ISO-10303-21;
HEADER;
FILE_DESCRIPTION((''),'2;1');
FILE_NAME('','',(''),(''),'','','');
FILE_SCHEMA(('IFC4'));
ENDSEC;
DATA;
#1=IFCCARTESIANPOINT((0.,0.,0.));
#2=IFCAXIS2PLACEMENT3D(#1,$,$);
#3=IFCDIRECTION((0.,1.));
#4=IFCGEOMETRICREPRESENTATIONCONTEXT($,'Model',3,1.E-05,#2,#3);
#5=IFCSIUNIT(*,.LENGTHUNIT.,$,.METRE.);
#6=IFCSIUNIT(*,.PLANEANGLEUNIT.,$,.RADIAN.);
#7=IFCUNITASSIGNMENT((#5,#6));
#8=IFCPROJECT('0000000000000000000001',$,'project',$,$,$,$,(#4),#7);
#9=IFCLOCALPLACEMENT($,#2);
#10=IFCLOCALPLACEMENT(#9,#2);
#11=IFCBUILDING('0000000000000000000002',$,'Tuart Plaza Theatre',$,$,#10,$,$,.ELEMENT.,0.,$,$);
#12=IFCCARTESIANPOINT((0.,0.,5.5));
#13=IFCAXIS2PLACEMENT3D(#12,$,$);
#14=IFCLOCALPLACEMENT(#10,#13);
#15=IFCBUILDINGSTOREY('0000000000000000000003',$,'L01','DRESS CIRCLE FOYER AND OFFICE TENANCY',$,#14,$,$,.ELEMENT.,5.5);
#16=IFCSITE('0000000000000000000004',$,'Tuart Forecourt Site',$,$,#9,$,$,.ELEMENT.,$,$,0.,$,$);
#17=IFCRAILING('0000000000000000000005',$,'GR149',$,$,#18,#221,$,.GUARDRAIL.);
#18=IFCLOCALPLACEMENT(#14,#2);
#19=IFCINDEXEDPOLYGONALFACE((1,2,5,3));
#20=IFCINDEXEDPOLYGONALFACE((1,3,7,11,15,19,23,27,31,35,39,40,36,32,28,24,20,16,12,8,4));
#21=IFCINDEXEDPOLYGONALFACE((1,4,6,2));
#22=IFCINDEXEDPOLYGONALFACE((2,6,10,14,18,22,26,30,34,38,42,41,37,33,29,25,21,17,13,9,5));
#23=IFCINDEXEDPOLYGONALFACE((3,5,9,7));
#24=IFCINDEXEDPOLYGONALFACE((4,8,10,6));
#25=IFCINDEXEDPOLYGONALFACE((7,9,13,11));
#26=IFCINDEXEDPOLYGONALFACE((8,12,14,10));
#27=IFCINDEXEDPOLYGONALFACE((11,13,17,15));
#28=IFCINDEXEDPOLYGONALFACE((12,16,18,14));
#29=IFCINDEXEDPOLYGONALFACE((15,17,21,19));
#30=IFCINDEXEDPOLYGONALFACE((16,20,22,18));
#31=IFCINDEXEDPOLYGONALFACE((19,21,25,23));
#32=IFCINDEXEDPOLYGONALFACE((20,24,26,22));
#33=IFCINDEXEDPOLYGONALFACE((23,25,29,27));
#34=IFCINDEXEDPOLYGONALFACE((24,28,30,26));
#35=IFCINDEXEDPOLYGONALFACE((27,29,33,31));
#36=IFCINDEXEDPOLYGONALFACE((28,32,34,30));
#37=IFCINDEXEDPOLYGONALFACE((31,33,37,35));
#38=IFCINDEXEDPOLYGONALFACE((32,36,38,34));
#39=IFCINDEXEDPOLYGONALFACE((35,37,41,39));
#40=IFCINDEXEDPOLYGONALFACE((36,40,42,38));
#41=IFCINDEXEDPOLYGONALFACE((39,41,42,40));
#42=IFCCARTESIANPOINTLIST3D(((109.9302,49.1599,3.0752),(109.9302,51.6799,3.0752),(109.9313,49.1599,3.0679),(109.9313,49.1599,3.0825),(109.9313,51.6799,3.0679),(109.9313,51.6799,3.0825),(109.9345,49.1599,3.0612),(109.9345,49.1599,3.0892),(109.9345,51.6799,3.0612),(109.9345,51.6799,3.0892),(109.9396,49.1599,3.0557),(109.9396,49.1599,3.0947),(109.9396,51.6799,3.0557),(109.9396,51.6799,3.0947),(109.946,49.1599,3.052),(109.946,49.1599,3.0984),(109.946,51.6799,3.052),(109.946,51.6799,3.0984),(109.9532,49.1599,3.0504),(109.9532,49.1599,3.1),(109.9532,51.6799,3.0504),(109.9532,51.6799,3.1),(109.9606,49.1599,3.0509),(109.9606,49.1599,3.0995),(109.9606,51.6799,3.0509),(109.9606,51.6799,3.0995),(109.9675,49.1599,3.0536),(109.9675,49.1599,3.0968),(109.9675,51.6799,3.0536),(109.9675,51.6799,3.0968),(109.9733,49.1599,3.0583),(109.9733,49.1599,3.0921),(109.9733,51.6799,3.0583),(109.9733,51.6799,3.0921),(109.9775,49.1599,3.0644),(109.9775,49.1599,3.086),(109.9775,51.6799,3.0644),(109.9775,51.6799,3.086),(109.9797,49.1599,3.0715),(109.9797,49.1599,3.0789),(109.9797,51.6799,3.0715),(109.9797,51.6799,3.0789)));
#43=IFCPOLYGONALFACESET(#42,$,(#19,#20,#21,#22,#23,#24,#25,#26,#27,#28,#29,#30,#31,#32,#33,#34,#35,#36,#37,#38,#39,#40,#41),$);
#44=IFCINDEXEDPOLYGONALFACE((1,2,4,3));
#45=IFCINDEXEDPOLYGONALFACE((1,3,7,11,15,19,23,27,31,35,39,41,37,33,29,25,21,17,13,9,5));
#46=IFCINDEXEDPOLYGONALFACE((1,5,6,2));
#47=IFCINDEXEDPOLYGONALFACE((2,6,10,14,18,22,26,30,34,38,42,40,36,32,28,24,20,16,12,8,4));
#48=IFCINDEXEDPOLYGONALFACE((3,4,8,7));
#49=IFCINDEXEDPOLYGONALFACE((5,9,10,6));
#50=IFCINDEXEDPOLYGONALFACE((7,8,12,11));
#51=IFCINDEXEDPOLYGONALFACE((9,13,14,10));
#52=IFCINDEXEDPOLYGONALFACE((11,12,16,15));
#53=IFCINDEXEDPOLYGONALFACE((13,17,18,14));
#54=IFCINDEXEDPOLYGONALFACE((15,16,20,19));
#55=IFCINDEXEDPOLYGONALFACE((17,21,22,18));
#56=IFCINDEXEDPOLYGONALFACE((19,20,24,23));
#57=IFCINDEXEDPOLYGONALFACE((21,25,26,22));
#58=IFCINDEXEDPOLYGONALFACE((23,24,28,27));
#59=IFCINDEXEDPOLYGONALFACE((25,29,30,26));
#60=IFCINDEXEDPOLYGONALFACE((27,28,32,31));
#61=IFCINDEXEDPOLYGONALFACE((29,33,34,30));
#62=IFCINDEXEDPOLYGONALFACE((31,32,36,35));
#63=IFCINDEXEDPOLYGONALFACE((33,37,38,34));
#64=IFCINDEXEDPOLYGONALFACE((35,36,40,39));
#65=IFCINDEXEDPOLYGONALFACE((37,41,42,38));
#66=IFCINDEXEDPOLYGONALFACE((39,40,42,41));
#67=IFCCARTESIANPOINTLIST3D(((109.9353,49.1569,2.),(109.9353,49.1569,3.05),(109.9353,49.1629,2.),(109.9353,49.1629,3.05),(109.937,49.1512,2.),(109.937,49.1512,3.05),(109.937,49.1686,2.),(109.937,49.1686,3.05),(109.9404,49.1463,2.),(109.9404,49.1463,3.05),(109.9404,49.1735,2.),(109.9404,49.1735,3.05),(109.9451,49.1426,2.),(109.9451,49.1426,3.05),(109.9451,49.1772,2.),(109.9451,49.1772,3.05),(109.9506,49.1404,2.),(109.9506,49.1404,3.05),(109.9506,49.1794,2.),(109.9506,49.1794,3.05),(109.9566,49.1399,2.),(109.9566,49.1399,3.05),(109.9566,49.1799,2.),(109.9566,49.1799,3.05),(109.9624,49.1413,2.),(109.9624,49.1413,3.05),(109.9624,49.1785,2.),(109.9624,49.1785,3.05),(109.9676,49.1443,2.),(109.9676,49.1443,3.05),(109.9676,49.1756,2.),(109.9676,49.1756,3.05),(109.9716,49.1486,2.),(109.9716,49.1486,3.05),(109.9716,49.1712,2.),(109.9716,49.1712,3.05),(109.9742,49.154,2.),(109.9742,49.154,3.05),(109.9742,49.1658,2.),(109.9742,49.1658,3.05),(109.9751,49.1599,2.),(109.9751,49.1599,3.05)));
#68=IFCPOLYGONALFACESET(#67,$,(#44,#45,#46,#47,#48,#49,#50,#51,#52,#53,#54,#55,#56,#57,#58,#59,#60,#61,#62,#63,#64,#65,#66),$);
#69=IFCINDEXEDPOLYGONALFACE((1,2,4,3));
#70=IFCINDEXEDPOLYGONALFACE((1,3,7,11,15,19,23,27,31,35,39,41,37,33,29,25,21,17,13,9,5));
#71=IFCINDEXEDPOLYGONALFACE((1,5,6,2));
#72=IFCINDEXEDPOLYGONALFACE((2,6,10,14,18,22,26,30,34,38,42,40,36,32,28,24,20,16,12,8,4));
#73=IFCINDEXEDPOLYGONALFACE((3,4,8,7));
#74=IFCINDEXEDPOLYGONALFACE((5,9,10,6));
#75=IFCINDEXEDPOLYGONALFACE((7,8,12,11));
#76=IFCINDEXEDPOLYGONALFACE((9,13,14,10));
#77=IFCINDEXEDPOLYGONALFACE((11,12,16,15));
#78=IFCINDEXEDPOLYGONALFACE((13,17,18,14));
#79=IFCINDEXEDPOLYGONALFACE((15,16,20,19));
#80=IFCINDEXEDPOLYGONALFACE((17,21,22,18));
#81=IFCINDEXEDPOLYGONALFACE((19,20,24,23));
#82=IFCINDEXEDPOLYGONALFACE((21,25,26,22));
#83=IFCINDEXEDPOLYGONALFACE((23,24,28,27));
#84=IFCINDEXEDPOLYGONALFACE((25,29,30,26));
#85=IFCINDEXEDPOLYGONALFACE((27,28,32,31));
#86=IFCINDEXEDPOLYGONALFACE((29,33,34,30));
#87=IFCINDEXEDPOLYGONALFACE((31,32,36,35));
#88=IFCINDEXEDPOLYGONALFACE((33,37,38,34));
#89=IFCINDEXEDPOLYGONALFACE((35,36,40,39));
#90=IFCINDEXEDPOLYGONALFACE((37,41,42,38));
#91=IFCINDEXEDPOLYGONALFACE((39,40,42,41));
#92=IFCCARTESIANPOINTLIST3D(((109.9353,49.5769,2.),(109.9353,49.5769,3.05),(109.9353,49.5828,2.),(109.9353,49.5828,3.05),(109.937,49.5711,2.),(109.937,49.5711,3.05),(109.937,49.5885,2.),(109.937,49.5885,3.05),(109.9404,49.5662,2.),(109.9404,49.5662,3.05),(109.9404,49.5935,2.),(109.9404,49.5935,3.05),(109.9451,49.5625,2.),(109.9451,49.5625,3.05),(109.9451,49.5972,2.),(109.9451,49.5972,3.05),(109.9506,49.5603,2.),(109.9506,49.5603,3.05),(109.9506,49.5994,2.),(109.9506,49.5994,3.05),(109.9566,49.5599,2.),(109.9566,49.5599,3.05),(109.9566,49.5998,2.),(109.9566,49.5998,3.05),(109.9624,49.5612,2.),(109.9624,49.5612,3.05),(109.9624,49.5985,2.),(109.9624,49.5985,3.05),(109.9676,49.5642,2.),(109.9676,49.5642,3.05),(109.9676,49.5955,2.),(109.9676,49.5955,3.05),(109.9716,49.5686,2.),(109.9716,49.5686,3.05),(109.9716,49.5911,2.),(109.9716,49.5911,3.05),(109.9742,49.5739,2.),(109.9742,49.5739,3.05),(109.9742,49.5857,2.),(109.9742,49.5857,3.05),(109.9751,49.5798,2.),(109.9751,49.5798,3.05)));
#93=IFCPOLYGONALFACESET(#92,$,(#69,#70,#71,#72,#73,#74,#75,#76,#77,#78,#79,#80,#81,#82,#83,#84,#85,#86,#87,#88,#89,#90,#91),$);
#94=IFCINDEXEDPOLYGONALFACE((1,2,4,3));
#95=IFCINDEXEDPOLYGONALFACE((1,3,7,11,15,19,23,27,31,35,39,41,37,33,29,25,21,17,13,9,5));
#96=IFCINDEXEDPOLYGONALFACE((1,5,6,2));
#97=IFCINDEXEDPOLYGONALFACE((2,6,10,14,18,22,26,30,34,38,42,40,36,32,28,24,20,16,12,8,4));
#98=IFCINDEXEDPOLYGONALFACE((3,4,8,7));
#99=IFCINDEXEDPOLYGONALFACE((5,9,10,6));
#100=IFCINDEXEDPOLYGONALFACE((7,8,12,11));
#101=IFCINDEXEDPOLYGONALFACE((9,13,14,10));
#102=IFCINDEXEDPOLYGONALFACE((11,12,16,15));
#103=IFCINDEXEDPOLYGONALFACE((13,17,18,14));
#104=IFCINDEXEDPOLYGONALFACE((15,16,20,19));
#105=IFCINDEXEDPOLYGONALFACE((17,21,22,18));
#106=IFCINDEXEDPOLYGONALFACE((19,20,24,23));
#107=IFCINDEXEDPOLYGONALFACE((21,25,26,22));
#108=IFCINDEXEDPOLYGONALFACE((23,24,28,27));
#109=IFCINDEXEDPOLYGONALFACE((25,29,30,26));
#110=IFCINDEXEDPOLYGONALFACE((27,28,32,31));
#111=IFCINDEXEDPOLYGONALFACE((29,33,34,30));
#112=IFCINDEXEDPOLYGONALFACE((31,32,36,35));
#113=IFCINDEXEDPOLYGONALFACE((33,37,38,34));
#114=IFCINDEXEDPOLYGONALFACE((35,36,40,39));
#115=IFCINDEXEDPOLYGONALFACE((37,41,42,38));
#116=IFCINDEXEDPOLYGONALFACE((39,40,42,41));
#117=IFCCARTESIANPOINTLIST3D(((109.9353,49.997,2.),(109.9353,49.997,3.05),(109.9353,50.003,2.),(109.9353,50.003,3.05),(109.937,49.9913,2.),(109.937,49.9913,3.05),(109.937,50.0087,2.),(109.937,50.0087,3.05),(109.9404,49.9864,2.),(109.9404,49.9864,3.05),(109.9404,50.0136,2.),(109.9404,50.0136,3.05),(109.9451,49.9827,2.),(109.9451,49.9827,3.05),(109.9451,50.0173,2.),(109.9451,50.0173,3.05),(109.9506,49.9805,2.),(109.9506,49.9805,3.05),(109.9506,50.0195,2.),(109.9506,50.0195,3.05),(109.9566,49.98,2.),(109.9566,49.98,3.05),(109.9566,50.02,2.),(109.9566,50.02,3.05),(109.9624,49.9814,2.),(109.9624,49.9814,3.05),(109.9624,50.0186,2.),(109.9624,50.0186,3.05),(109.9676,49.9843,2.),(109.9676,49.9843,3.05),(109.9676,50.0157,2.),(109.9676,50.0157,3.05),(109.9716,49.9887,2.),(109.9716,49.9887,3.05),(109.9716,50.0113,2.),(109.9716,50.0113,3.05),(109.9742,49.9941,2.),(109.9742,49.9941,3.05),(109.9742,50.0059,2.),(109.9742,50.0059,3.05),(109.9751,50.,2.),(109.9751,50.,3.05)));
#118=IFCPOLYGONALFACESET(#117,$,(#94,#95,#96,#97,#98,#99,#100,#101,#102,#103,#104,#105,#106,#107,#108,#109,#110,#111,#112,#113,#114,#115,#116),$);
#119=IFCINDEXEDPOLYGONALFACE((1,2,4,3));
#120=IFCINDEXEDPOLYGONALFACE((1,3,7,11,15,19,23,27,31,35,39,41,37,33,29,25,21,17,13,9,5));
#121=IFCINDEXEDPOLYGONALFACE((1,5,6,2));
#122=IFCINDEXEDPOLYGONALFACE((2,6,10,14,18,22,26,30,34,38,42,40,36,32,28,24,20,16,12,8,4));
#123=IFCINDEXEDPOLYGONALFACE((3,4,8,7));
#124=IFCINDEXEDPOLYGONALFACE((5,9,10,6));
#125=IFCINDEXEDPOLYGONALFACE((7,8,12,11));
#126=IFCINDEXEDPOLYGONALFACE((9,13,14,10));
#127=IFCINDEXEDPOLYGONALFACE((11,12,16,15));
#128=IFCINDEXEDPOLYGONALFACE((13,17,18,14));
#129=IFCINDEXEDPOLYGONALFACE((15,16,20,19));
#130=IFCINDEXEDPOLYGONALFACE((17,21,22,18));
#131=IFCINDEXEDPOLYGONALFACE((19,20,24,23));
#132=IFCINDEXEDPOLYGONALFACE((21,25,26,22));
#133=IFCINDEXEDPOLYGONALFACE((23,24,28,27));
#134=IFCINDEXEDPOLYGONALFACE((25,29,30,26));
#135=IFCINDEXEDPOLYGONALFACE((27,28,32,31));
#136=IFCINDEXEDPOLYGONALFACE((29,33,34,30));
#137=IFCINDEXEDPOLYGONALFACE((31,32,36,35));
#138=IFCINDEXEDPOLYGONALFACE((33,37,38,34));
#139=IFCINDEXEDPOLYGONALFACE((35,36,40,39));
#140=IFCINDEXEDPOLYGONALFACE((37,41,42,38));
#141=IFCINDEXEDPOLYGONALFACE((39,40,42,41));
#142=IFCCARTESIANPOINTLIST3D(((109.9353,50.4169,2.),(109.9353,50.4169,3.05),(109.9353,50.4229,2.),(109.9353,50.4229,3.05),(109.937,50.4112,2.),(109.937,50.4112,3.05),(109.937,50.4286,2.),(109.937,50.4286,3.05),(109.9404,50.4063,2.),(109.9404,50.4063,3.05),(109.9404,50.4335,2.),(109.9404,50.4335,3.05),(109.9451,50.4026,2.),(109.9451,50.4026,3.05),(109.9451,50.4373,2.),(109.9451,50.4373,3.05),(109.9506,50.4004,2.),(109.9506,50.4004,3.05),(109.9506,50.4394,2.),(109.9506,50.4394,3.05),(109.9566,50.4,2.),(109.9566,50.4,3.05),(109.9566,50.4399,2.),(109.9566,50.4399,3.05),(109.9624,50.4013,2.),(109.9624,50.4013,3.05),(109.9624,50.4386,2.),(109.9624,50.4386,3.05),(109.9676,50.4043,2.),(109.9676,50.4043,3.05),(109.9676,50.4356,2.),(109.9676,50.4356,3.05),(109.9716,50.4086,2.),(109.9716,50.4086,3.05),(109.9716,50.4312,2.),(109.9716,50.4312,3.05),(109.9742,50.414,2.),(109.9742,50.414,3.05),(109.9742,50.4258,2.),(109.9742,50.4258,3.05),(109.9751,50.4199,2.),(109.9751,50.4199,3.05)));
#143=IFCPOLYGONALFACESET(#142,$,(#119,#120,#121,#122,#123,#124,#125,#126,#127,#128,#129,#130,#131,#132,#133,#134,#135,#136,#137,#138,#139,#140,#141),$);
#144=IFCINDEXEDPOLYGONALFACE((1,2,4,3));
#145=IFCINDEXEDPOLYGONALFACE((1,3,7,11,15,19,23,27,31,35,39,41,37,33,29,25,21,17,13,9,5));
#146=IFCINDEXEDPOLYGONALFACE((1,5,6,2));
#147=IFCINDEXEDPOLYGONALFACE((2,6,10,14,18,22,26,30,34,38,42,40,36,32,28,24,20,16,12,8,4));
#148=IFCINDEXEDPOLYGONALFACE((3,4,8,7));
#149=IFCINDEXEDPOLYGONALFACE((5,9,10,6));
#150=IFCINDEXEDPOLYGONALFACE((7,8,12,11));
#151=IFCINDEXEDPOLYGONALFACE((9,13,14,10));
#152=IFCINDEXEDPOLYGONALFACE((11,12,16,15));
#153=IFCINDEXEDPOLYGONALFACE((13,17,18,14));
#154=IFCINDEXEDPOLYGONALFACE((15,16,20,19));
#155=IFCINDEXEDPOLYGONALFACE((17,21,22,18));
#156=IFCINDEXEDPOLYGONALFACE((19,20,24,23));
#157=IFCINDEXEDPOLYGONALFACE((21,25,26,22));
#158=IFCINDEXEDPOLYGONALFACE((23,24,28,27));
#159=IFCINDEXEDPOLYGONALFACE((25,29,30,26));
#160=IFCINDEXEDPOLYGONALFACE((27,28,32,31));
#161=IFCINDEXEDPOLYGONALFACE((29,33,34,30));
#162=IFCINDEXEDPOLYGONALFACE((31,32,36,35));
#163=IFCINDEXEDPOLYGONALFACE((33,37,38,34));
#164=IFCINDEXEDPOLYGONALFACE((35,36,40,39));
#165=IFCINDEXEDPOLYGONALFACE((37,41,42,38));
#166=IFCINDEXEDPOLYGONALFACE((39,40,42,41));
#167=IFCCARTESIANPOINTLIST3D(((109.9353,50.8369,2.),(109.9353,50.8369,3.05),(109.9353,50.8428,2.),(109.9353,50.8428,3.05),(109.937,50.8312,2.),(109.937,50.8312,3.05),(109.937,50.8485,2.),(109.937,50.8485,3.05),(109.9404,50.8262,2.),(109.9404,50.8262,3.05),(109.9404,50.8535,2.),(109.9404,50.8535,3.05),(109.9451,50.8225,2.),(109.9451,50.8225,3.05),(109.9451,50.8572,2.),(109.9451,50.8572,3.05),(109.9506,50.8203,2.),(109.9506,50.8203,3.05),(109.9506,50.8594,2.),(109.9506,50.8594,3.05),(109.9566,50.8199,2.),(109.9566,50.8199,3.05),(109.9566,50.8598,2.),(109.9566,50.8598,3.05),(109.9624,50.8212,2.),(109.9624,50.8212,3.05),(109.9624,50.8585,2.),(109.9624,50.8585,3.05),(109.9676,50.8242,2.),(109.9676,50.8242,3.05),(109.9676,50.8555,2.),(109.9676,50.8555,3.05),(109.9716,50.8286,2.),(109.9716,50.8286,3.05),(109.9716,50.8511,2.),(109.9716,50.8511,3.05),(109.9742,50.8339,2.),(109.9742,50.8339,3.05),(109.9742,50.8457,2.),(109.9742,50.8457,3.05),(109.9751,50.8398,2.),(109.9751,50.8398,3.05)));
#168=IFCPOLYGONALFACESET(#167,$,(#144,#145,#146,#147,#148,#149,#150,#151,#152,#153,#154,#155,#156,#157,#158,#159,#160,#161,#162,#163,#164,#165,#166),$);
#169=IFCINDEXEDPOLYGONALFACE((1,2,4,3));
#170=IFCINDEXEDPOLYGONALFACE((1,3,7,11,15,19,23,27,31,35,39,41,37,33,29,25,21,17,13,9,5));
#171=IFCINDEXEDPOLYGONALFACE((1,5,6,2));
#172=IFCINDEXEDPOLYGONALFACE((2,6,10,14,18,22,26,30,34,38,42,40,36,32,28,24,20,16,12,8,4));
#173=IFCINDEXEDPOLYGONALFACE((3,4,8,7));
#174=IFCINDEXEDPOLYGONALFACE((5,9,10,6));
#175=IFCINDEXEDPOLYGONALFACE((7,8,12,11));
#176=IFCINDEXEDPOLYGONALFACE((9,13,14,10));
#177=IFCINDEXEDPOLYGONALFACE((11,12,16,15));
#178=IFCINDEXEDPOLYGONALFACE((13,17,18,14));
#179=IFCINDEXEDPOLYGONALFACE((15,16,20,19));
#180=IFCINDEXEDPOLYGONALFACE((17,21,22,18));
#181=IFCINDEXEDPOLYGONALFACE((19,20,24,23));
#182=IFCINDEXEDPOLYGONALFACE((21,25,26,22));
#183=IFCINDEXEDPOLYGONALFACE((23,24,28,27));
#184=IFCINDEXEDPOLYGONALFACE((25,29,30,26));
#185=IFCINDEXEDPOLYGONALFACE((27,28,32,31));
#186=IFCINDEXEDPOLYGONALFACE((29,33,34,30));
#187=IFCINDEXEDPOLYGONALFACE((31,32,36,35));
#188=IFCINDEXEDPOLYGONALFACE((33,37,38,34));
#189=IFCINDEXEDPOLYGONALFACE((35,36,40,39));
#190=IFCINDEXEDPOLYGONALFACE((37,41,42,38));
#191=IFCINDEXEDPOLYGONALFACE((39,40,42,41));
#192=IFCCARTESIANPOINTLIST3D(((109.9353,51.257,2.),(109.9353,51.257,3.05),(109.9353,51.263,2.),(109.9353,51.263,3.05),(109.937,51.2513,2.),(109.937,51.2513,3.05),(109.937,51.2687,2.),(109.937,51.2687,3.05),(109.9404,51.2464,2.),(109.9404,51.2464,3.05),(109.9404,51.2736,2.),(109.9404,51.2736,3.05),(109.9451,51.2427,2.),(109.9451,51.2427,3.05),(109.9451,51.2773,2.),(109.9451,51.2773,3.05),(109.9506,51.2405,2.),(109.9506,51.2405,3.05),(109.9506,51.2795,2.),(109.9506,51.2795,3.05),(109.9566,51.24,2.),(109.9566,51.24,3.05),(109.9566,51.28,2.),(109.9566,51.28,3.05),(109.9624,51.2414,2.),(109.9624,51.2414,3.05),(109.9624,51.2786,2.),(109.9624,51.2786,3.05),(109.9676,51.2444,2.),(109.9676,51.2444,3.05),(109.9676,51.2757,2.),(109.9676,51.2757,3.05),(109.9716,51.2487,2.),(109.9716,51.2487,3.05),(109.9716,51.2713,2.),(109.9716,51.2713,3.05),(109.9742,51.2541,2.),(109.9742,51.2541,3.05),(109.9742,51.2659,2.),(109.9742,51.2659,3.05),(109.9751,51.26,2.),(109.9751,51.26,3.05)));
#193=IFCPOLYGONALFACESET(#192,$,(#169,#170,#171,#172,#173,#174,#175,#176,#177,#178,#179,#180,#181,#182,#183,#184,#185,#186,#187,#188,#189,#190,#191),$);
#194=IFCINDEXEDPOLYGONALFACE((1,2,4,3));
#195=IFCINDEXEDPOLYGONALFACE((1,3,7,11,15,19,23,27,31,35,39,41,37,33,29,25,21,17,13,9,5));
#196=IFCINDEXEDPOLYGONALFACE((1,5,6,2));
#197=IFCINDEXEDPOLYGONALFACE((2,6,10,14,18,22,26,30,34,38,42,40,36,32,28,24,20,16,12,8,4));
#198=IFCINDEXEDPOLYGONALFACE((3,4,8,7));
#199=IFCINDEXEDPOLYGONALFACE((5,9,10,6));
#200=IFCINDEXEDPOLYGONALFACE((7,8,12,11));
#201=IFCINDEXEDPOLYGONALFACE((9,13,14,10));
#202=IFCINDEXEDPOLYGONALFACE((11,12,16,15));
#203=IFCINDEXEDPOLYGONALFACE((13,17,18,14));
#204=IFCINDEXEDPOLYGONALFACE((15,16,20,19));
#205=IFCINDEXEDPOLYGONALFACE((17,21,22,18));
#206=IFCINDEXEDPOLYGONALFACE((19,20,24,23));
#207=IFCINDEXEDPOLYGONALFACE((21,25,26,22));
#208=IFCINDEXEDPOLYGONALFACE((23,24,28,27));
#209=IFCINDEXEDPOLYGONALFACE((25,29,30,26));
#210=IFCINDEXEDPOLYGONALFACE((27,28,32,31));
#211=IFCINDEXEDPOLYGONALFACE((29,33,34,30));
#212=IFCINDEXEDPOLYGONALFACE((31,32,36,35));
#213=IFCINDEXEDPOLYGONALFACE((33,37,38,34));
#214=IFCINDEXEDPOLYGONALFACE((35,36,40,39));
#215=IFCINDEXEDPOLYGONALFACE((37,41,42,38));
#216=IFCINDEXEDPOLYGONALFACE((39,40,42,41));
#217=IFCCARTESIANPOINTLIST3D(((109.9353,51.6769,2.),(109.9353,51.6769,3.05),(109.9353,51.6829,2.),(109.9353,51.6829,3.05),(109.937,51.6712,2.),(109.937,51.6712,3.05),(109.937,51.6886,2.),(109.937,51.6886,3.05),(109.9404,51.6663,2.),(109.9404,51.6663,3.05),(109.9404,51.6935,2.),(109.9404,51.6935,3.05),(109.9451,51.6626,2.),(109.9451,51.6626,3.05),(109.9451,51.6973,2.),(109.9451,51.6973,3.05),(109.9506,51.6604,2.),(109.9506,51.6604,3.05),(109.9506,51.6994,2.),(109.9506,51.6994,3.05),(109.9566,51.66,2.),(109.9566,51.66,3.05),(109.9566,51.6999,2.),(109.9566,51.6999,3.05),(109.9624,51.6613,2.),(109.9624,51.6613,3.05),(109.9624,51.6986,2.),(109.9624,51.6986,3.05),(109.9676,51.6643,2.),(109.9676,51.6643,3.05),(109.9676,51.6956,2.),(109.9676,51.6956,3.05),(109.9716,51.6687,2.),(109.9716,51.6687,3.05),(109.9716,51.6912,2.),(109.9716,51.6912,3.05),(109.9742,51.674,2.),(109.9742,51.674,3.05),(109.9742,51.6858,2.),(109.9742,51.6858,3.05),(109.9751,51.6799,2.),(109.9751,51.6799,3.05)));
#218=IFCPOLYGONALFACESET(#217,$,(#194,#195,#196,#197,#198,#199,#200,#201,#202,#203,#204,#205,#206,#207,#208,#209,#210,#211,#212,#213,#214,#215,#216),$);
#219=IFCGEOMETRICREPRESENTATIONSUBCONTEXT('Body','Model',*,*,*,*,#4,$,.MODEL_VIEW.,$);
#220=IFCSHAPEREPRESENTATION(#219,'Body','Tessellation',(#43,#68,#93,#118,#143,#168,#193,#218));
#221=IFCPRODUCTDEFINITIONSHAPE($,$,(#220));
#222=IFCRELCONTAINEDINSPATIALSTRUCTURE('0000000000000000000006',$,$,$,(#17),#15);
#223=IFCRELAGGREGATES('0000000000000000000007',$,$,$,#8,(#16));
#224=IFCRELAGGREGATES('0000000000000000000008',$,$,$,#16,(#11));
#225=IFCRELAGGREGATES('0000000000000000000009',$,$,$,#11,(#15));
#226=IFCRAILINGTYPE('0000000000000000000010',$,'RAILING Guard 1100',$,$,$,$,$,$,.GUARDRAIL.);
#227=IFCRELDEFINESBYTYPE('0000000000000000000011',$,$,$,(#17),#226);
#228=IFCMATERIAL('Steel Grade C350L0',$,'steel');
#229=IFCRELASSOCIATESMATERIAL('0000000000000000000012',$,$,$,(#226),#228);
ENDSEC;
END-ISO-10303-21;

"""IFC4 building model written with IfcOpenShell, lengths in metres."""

from ifc_helpers import new_model, si_unit, direction, frame, origin, origin_2d, place, context, subcontext, project, spatial, circle, extrude, material, type_object, element, save


model = new_model("IFC4")

# Units and contexts
model_context = context("Model", 3, precision=1e-05, world=origin(), true_north=direction((0.0, 1.0)))
body_context = subcontext(model_context, "Body", "Model", "MODEL_VIEW")
ifc_project = project(units=[si_unit("LENGTHUNIT", "METRE"), si_unit("PLANEANGLEUNIT", "RADIAN")], contexts=[model_context])

# Site, building, storey
site_placement = place(None, origin())
site = spatial("IfcSite", under=ifc_project, at=site_placement, Name="Tuart Forecourt Site", CompositionType="ELEMENT", RefElevation=0.0)
building_placement = place(site_placement, origin())
building = spatial("IfcBuilding", under=site, at=building_placement, Name="Tuart Plaza Theatre", CompositionType="ELEMENT", ElevationOfRefHeight=0.0)
storey_placement = place(building_placement, frame((0.0, 0.0, 5.5)))
storey = spatial("IfcBuildingStorey", under=building, at=storey_placement, Name="L01", Description="DRESS CIRCLE FOYER AND OFFICE TENANCY", CompositionType="ELEMENT", Elevation=5.5)

# Railing
ifc_material_1 = material(Name="Steel Grade C350L0", Category="steel")
railing_type_1 = type_object("IfcRailingType", Name="RAILING Guard 1100", PredefinedType="GUARDRAIL", material=ifc_material_1)
railing_1_placement = place(storey_placement, frame((109.9551, 49.1599, 2.0)))
element("IfcRailing", 1, at=railing_1_placement, inside=storey, type_object=railing_type_1, Name="GR149", PredefinedType="GUARDRAIL", context=body_context, shape_type="SweptSolid", body=[
    extrude(circle(Radius=0.0249, at=origin_2d()), frame((0.0, 0.0, 1.0752), z_axis=(0.0, 1.0, 0.0), x_axis=(-1.0, 0.0, 0.0)), (0.0, 0.0, 1.0), 2.52),
    extrude(circle(Radius=0.02, at=origin_2d()), origin(), (0.0, 0.0, 1.0), 1.05),
    extrude(circle(Radius=0.02, at=origin_2d()), frame((0.0, 0.4199, 0.0)), (0.0, 0.0, 1.0), 1.05),
    extrude(circle(Radius=0.02, at=origin_2d()), frame((0.0, 0.8401, 0.0)), (0.0, 0.0, 1.0), 1.05),
    extrude(circle(Radius=0.02, at=origin_2d()), frame((0.0, 1.26, 0.0)), (0.0, 0.0, 1.0), 1.05),
    extrude(circle(Radius=0.02, at=origin_2d()), frame((0.0, 1.6799, 0.0)), (0.0, 0.0, 1.0), 1.05),
    extrude(circle(Radius=0.02, at=origin_2d()), frame((0.0, 2.1001, 0.0)), (0.0, 0.0, 1.0), 1.05),
    extrude(circle(Radius=0.02, at=origin_2d()), frame((0.0, 2.52, 0.0)), (0.0, 0.0, 1.0), 1.05),
])

save(model, "model.ifc")
